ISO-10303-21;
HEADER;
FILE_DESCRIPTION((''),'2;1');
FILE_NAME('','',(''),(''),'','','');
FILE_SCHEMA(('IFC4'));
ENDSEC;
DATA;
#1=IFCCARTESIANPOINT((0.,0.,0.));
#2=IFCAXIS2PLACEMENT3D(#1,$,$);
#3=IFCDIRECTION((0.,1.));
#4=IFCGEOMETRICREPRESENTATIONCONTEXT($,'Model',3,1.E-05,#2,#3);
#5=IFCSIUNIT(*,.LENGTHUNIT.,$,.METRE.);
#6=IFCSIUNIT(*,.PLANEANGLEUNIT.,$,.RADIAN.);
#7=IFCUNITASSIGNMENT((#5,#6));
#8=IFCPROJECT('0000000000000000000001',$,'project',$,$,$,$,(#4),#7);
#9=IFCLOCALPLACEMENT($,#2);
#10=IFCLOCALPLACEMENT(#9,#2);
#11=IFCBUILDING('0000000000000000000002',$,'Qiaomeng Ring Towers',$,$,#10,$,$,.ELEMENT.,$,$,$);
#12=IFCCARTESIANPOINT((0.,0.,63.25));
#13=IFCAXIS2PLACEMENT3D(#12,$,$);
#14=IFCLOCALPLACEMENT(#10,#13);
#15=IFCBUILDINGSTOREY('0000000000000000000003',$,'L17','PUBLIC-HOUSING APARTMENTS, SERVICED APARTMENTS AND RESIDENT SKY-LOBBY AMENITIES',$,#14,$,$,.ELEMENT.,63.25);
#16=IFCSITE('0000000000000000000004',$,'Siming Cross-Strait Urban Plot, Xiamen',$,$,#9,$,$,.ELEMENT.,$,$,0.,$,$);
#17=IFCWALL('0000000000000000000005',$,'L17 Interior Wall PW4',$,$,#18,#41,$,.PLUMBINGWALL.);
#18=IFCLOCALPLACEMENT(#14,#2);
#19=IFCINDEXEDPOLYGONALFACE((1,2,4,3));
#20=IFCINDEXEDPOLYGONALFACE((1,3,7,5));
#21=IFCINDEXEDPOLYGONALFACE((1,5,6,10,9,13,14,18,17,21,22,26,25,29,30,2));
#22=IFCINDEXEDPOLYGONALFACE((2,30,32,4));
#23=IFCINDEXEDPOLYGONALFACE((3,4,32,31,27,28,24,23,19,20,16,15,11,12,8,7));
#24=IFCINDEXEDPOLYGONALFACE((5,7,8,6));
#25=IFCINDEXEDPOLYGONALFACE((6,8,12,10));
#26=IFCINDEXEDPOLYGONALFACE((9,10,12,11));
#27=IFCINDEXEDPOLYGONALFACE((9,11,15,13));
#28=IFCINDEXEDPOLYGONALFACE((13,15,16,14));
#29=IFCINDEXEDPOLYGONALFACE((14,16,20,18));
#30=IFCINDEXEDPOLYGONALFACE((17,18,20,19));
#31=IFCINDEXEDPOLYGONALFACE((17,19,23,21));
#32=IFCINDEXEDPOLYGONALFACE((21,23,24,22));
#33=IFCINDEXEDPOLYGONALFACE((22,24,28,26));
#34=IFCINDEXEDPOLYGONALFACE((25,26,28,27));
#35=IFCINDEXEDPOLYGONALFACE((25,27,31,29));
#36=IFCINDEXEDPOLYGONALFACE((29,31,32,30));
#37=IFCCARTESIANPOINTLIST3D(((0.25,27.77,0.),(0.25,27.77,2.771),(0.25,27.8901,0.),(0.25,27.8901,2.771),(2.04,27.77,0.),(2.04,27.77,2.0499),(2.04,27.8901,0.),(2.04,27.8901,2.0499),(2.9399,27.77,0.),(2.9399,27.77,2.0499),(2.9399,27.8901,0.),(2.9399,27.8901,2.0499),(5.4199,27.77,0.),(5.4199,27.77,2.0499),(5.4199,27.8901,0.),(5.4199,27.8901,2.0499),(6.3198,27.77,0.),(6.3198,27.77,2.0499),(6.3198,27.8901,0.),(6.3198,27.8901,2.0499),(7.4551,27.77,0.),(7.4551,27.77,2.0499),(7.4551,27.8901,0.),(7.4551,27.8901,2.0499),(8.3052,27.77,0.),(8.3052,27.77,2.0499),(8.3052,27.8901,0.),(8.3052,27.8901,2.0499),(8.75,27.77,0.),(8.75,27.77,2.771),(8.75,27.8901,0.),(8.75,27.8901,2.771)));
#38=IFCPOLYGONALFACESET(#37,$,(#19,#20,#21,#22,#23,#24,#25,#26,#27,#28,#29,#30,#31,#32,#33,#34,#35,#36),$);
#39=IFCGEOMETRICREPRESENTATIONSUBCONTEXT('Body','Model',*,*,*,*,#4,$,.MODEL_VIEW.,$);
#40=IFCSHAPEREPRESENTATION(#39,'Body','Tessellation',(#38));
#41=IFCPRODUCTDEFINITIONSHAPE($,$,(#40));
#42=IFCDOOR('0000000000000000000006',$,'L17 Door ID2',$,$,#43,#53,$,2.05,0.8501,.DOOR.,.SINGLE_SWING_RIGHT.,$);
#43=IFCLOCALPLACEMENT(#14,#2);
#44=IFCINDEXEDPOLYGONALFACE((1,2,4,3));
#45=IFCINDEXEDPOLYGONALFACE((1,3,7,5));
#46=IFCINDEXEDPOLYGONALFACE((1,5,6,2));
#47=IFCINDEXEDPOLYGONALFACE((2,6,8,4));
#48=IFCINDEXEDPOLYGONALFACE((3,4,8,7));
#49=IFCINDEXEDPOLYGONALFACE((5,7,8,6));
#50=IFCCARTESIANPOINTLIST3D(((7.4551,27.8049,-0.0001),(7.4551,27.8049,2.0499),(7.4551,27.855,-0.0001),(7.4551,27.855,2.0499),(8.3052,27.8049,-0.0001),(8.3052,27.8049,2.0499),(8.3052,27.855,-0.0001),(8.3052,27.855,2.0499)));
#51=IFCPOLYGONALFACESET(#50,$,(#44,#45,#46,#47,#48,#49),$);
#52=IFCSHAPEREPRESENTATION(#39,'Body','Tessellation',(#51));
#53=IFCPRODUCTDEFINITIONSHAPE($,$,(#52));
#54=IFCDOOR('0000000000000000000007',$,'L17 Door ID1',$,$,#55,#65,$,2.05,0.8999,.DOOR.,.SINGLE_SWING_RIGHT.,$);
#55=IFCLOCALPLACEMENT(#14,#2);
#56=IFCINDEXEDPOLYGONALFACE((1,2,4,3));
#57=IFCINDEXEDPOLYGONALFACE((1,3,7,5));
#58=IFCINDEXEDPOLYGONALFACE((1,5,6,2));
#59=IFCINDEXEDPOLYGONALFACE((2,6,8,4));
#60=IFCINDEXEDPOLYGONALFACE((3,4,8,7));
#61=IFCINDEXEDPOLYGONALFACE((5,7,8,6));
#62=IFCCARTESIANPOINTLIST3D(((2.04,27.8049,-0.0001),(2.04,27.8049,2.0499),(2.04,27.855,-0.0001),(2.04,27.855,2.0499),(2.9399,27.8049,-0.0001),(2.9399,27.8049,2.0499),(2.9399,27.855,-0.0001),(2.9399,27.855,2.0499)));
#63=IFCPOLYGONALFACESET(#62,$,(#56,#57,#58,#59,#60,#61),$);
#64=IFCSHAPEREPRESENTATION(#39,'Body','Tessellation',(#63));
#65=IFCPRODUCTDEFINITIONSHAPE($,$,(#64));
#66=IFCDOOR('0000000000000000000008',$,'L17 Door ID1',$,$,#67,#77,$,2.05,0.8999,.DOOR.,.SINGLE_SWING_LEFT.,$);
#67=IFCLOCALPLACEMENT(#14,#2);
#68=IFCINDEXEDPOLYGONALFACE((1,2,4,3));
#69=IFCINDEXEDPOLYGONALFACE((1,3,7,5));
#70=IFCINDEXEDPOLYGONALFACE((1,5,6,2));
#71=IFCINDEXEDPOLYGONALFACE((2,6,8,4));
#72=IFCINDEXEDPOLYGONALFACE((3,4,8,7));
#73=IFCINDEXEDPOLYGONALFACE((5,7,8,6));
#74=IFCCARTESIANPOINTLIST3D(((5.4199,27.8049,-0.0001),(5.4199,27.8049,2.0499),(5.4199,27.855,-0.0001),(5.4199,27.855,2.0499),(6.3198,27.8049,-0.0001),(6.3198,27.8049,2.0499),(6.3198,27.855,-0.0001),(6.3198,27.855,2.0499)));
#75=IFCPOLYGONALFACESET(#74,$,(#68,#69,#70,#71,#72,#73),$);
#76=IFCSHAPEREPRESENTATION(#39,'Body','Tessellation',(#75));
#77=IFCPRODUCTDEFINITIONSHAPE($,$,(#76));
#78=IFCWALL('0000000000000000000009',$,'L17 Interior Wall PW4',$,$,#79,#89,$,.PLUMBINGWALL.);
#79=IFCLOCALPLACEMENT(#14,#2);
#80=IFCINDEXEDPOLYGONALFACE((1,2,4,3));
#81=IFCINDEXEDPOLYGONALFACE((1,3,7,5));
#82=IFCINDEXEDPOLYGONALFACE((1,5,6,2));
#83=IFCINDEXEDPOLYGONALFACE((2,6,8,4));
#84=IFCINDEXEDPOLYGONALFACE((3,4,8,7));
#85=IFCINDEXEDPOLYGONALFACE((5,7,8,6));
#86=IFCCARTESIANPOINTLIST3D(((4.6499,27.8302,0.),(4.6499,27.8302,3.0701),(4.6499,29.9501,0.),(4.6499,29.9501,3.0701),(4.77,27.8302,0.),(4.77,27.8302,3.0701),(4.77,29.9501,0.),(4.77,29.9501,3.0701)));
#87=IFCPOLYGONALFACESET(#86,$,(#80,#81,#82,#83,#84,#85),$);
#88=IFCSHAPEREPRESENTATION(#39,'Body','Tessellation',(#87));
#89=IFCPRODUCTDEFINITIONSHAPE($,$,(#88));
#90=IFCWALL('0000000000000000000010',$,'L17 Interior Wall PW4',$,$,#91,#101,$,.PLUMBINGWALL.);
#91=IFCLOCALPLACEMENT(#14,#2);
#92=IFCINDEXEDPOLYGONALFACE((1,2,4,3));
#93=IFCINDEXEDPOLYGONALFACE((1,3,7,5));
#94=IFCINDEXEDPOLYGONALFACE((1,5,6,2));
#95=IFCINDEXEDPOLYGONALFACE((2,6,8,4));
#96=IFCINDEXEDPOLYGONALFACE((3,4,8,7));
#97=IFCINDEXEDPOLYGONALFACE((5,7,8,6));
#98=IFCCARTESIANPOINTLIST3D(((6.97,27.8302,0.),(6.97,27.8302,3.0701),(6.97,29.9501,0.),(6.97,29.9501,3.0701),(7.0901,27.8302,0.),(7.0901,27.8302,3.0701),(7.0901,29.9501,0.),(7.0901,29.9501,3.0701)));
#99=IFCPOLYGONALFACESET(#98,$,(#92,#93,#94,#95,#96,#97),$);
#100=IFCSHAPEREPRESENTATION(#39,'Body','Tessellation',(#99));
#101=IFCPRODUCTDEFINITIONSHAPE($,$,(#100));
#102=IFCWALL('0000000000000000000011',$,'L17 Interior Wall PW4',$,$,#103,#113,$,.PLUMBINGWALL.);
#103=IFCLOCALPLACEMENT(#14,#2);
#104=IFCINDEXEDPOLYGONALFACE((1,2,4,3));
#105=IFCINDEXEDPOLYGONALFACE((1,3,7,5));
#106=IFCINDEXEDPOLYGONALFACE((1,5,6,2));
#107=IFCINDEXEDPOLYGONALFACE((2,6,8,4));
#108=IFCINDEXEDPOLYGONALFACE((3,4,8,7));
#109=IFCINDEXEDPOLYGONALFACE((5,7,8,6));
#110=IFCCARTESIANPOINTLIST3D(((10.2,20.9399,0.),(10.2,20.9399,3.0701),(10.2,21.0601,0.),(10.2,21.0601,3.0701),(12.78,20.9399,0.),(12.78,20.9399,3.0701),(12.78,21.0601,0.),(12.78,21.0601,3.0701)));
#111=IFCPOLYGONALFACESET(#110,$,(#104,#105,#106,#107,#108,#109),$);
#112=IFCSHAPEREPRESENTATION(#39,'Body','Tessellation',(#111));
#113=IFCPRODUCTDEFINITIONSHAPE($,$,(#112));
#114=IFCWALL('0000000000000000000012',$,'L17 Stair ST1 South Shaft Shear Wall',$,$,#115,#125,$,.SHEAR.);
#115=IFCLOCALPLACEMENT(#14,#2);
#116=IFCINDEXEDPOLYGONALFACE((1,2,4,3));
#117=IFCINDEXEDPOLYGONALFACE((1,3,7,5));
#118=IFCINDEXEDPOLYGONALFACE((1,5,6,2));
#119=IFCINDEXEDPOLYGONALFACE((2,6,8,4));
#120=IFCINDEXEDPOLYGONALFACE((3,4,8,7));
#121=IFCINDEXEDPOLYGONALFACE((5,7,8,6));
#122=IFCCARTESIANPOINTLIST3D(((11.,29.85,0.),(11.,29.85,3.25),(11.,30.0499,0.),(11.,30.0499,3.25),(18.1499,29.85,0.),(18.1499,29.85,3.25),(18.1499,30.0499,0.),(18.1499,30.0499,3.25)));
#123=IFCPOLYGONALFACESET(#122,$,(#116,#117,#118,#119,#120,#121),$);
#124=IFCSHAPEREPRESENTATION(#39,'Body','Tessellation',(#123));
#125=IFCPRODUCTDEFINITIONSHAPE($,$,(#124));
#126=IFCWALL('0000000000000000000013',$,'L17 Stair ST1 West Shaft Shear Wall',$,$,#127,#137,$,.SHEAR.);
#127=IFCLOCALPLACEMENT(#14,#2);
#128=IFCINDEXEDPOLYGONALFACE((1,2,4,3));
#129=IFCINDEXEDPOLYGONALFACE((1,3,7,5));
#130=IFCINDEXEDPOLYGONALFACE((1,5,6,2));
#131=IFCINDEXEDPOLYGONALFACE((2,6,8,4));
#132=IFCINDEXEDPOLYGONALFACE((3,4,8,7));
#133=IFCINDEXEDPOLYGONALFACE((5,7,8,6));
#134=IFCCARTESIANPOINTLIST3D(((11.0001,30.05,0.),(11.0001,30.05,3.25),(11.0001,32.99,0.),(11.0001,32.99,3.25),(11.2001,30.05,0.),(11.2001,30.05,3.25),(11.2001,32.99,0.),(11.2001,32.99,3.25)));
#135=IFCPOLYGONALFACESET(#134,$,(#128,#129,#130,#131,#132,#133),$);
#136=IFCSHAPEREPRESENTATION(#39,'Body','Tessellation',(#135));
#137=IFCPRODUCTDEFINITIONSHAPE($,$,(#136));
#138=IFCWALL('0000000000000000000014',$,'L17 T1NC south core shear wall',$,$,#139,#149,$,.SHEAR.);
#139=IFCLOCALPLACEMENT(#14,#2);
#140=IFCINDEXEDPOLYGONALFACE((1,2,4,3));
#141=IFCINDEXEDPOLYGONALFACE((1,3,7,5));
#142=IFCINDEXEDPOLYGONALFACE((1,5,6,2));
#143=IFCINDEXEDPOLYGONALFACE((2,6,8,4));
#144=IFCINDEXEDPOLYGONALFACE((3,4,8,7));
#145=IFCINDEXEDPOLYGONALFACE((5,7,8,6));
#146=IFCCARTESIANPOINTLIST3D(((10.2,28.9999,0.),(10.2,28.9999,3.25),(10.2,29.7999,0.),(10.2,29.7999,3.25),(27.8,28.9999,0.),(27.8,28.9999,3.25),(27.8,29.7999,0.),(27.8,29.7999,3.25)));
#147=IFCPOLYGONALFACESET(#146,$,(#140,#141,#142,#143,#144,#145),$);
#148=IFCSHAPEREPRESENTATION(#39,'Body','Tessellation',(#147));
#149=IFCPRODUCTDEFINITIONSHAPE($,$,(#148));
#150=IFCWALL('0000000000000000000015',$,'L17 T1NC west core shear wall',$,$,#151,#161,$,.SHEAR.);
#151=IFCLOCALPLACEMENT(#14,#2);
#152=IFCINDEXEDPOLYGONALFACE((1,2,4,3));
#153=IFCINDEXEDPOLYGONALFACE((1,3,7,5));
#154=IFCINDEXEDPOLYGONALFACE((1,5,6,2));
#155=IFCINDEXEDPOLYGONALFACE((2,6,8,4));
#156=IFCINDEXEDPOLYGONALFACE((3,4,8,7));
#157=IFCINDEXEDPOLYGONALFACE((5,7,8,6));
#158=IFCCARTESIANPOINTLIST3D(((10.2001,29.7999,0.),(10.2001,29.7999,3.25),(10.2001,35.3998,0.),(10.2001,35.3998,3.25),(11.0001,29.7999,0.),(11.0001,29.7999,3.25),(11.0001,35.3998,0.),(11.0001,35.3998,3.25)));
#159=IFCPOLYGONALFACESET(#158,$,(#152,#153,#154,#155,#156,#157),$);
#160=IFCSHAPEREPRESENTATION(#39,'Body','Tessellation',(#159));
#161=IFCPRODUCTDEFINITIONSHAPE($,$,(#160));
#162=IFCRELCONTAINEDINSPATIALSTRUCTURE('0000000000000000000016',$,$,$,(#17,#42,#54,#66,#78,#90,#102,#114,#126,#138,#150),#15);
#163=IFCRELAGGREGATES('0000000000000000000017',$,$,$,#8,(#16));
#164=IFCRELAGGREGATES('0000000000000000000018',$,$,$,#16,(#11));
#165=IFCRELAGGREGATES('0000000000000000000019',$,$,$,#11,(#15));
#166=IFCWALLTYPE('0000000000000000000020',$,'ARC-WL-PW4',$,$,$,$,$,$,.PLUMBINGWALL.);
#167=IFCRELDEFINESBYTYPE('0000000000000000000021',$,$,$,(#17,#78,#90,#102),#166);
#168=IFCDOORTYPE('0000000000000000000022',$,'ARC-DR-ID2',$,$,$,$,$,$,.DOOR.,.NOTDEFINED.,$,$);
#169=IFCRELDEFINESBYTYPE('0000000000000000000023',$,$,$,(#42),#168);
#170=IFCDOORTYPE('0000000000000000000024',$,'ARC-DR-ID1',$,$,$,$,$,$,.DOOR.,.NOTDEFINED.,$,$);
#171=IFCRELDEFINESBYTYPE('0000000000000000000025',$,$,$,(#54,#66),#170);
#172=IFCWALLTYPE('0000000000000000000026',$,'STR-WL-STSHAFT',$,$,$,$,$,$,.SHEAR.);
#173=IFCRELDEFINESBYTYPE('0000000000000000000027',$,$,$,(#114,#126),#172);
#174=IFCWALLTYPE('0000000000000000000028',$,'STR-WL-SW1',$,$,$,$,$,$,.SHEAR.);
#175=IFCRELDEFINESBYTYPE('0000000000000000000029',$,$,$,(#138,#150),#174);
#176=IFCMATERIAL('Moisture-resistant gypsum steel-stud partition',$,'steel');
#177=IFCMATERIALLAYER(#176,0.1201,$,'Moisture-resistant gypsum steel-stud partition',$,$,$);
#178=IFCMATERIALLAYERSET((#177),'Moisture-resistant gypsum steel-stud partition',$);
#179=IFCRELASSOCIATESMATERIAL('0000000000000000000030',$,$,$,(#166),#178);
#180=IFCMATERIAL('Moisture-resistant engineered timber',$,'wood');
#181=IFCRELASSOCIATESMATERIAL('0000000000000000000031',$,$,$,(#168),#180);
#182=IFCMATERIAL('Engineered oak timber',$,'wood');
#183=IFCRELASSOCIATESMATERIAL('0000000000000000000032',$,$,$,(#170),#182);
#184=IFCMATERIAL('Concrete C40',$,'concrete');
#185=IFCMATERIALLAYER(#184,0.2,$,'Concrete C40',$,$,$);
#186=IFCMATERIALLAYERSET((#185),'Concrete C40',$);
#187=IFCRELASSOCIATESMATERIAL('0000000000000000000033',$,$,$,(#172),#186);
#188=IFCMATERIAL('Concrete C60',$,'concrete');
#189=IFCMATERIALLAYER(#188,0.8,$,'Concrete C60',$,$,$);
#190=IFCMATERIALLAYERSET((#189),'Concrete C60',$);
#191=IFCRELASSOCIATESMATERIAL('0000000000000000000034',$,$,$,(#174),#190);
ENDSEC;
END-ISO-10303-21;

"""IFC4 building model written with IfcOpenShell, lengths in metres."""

from ifc_helpers import new_model, si_unit, direction, frame, frame_2d, origin, place, context, subcontext, project, spatial, rectangle, extrude, source, transform, mapped, material, layer, layer_set, type_object, element, fill, save


model = new_model("IFC4")

# Units and contexts
model_context = context("Model", 3, precision=1e-05, world=origin(), true_north=direction((0.0, 1.0)))
body_context = subcontext(model_context, "Body", "Model", "MODEL_VIEW")
ifc_project = project(units=[si_unit("LENGTHUNIT", "METRE"), si_unit("PLANEANGLEUNIT", "RADIAN")], contexts=[model_context])

# Site, building, storey
site_placement = place(None, origin())
site = spatial("IfcSite", under=ifc_project, at=site_placement, Name="Siming Cross-Strait Urban Plot, Xiamen", CompositionType="ELEMENT", RefElevation=0.0)
building_placement = place(site_placement, origin())
building = spatial("IfcBuilding", under=site, at=building_placement, Name="Qiaomeng Ring Towers", CompositionType="ELEMENT")
storey_placement = place(building_placement, frame((0.0, 0.0, 63.25)))
storey = spatial("IfcBuildingStorey", under=building, at=storey_placement, Name="L17", Description="PUBLIC-HOUSING APARTMENTS, SERVICED APARTMENTS AND RESIDENT SKY-LOBBY AMENITIES", CompositionType="ELEMENT", Elevation=63.25)

# Shared definitions
ifc_material_1 = material(Name="Concrete C60", Category="concrete")

# Wall, openings, doors
ifc_material_2 = material(Name="Moisture-resistant gypsum steel-stud partition", Category="steel")
ifc_layer_1 = layer(ifc_material_2, 0.1201, Name="Moisture-resistant gypsum steel-stud partition")
ifc_layer_set_1 = layer_set([ifc_layer_1], Name="Moisture-resistant gypsum steel-stud partition")
wall_type_1 = type_object("IfcWallType", Name="ARC-WL-PW4", PredefinedType="PLUMBINGWALL", material=ifc_layer_set_1)
wall_1_placement = place(storey_placement, frame((0.25, 27.8301, 0.0), z_axis=(0.0, 0.0, 1.0), x_axis=(1.0, 0.0, 0.0)))
wall_1 = element("IfcWall", 1, at=wall_1_placement, inside=storey, type_object=wall_type_1, Name="L17 Interior Wall PW4", PredefinedType="PLUMBINGWALL", context=body_context, shape_type="SweptSolid", body=[
    extrude(rectangle(XDim=8.5, YDim=0.1201, at=frame_2d((4.25, 0.0))), origin(), (0.0, 0.0, 1.0), 2.771),
])
opening_1_placement = place(wall_1_placement, frame((1.79, 0.0, 0.0)))
opening_1 = element("IfcOpeningElement", 2, at=opening_1_placement, cuts=wall_1, PredefinedType="OPENING", context=body_context, shape_type="SweptSolid", body=[
    extrude(rectangle(XDim=0.8999, YDim=2.05, at=frame_2d((0.45, 1.0249))), frame((0.0, 0.0701, 0.0), z_axis=(0.0, -1.0, 0.0), x_axis=(1.0, 0.0, 0.0)), (0.0, 0.0, 1.0), 0.1401),
])
opening_2_placement = place(wall_1_placement, frame((5.1699, 0.0, 0.0)))
opening_2 = element("IfcOpeningElement", 3, at=opening_2_placement, cuts=wall_1, PredefinedType="OPENING", context=body_context, shape_type="SweptSolid", body=[
    extrude(rectangle(XDim=0.8999, YDim=2.05, at=frame_2d((0.45, 1.0249))), frame((0.0, 0.0701, 0.0), z_axis=(0.0, -1.0, 0.0), x_axis=(1.0, 0.0, 0.0)), (0.0, 0.0, 1.0), 0.1401),
])
opening_3_placement = place(wall_1_placement, frame((7.2051, 0.0, 0.0)))
opening_3 = element("IfcOpeningElement", 4, at=opening_3_placement, cuts=wall_1, PredefinedType="OPENING", context=body_context, shape_type="SweptSolid", body=[
    extrude(rectangle(XDim=0.8501, YDim=2.05, at=frame_2d((0.425, 1.0249))), frame((0.0, 0.0701, 0.0), z_axis=(0.0, -1.0, 0.0), x_axis=(1.0, 0.0, 0.0)), (0.0, 0.0, 1.0), 0.1401),
])
ifc_material_3 = material(Name="Moisture-resistant engineered timber", Category="wood")
door_type_1 = type_object("IfcDoorType", Name="ARC-DR-ID2", OperationType="NOTDEFINED", PredefinedType="DOOR", material=ifc_material_3)
shared_shape_1 = source(origin(), body_context, "Body", "SweptSolid", [
    extrude(rectangle(XDim=0.8501, YDim=2.05, at=frame_2d((0.425, 1.0249))), frame((0.0, 0.0249, 0.0), z_axis=(0.0, -1.0, 0.0), x_axis=(1.0, 0.0, 0.0)), (0.0, 0.0, 1.0), 0.05),
])
door_1_placement = place(opening_3_placement, origin())
door_1 = element("IfcDoor", 5, at=door_1_placement, inside=storey, type_object=door_type_1, Name="L17 Door ID2", OperationType="SINGLE_SWING_RIGHT", OverallHeight=2.05, OverallWidth=0.8501, PredefinedType="DOOR", context=body_context, shape_type="MappedRepresentation", body=[
    mapped(shared_shape_1, transform((0.0, 0.0, 0.0), x_axis=(1.0, 0.0, 0.0), y_axis=(0.0, 1.0, 0.0), z_axis=(0.0, 0.0, 1.0), scale=1.0)),
])
fill(opening_3, door_1)
ifc_material_4 = material(Name="Engineered oak timber", Category="wood")
door_type_2 = type_object("IfcDoorType", Name="ARC-DR-ID1", OperationType="NOTDEFINED", PredefinedType="DOOR", material=ifc_material_4)
shared_shape_2 = source(origin(), body_context, "Body", "SweptSolid", [
    extrude(rectangle(XDim=0.8999, YDim=2.05, at=frame_2d((0.45, 1.0249))), frame((0.0, 0.0249, 0.0), z_axis=(0.0, -1.0, 0.0), x_axis=(1.0, 0.0, 0.0)), (0.0, 0.0, 1.0), 0.05),
])
door_2_placement = place(opening_1_placement, origin())
door_2 = element("IfcDoor", 6, at=door_2_placement, inside=storey, type_object=door_type_2, Name="L17 Door ID1", OperationType="SINGLE_SWING_RIGHT", OverallHeight=2.05, OverallWidth=0.8999, PredefinedType="DOOR", context=body_context, shape_type="MappedRepresentation", body=[
    mapped(shared_shape_2, transform((0.0, 0.0, 0.0), x_axis=(1.0, 0.0, 0.0), y_axis=(0.0, 1.0, 0.0), z_axis=(0.0, 0.0, 1.0), scale=1.0)),
])
fill(opening_1, door_2)
door_3_placement = place(opening_2_placement, origin())
door_3 = element("IfcDoor", 7, at=door_3_placement, inside=storey, type_object=door_type_2, Name="L17 Door ID1", OperationType="SINGLE_SWING_LEFT", OverallHeight=2.05, OverallWidth=0.8999, PredefinedType="DOOR", context=body_context, shape_type="MappedRepresentation", body=[
    mapped(shared_shape_2, transform((0.0, 0.0, 0.0), x_axis=(1.0, 0.0, 0.0), y_axis=(0.0, 1.0, 0.0), z_axis=(0.0, 0.0, 1.0), scale=1.0)),
])
fill(opening_2, door_3)

# Walls
for number, where, z_axis, x_axis, name in (
    (8, (4.71, 27.8301, 0.0), (0.0, 0.0, 1.0), (0.0, 1.0, 0.0), "L17 Interior Wall PW4"),
    (9, (7.03, 27.8301, 0.0), (0.0, 0.0, 1.0), (0.0, 1.0, 0.0), "L17 Interior Wall PW4"),
):
    element("IfcWall", number, at=place(storey_placement, frame(where, z_axis=z_axis, x_axis=x_axis)), inside=storey, type_object=wall_type_1, Name=name, PredefinedType="PLUMBINGWALL", context=body_context, shape_type="SweptSolid", body=[
        extrude(rectangle(XDim=2.1199, YDim=0.1201, at=frame_2d((1.0601, 0.0))), origin(), (0.0, 0.0, 1.0), 3.0701),
    ])
wall_2_placement = place(storey_placement, frame((10.2, 21.0, 0.0), z_axis=(0.0, 0.0, 1.0), x_axis=(1.0, 0.0, 0.0)))
element("IfcWall", 10, at=wall_2_placement, inside=storey, type_object=wall_type_1, Name="L17 Interior Wall PW4", PredefinedType="PLUMBINGWALL", context=body_context, shape_type="SweptSolid", body=[
    extrude(rectangle(XDim=2.5801, YDim=0.1201, at=frame_2d((1.29, 0.0))), origin(), (0.0, 0.0, 1.0), 3.0701),
])
ifc_material_5 = material(Name="Concrete C40", Category="concrete")
ifc_layer_2 = layer(ifc_material_5, 0.2, Name="Concrete C40")
ifc_layer_set_2 = layer_set([ifc_layer_2], Name="Concrete C40")
wall_type_2 = type_object("IfcWallType", Name="STR-WL-STSHAFT", PredefinedType="SHEAR", material=ifc_layer_set_2)
wall_3_placement = place(storey_placement, frame((11.0, 29.95, 0.0), z_axis=(0.0, 0.0, 1.0), x_axis=(1.0, 0.0, 0.0)))
element("IfcWall", 11, at=wall_3_placement, inside=storey, type_object=wall_type_2, Name="L17 Stair ST1 South Shaft Shear Wall", PredefinedType="SHEAR", context=body_context, shape_type="SweptSolid", body=[
    extrude(rectangle(XDim=7.1499, YDim=0.2, at=frame_2d((3.575, 0.0))), origin(), (0.0, 0.0, 1.0), 3.25),
])
wall_4_placement = place(storey_placement, frame((11.1001, 30.05, 0.0), z_axis=(0.0, 0.0, 1.0), x_axis=(0.0, 1.0, 0.0)))
element("IfcWall", 12, at=wall_4_placement, inside=storey, type_object=wall_type_2, Name="L17 Stair ST1 West Shaft Shear Wall", PredefinedType="SHEAR", context=body_context, shape_type="SweptSolid", body=[
    extrude(rectangle(XDim=2.9399, YDim=0.2, at=frame_2d((1.47, 0.0))), origin(), (0.0, 0.0, 1.0), 3.25),
])
ifc_layer_3 = layer(ifc_material_1, 0.8, Name="Concrete C60")
ifc_layer_set_3 = layer_set([ifc_layer_3], Name="Concrete C60")
wall_type_3 = type_object("IfcWallType", Name="STR-WL-SW1", PredefinedType="SHEAR", material=ifc_layer_set_3)
wall_5_placement = place(storey_placement, frame((10.2, 29.3999, 0.0), z_axis=(0.0, 0.0, 1.0), x_axis=(1.0, 0.0, 0.0)))
element("IfcWall", 13, at=wall_5_placement, inside=storey, type_object=wall_type_3, Name="L17 T1NC south core shear wall", PredefinedType="SHEAR", context=body_context, shape_type="SweptSolid", body=[
    extrude(rectangle(XDim=17.6001, YDim=0.8, at=frame_2d((8.8, 0.0))), origin(), (0.0, 0.0, 1.0), 3.25),
])
wall_6_placement = place(storey_placement, frame((10.6001, 29.8, 0.0), z_axis=(0.0, 0.0, 1.0), x_axis=(0.0, 1.0, 0.0)))
element("IfcWall", 14, at=wall_6_placement, inside=storey, type_object=wall_type_3, Name="L17 T1NC west core shear wall", PredefinedType="SHEAR", context=body_context, shape_type="SweptSolid", body=[
    extrude(rectangle(XDim=5.5999, YDim=0.8, at=frame_2d((2.7998, 0.0))), origin(), (0.0, 0.0, 1.0), 3.25),
])

save(model, "model.ifc")
